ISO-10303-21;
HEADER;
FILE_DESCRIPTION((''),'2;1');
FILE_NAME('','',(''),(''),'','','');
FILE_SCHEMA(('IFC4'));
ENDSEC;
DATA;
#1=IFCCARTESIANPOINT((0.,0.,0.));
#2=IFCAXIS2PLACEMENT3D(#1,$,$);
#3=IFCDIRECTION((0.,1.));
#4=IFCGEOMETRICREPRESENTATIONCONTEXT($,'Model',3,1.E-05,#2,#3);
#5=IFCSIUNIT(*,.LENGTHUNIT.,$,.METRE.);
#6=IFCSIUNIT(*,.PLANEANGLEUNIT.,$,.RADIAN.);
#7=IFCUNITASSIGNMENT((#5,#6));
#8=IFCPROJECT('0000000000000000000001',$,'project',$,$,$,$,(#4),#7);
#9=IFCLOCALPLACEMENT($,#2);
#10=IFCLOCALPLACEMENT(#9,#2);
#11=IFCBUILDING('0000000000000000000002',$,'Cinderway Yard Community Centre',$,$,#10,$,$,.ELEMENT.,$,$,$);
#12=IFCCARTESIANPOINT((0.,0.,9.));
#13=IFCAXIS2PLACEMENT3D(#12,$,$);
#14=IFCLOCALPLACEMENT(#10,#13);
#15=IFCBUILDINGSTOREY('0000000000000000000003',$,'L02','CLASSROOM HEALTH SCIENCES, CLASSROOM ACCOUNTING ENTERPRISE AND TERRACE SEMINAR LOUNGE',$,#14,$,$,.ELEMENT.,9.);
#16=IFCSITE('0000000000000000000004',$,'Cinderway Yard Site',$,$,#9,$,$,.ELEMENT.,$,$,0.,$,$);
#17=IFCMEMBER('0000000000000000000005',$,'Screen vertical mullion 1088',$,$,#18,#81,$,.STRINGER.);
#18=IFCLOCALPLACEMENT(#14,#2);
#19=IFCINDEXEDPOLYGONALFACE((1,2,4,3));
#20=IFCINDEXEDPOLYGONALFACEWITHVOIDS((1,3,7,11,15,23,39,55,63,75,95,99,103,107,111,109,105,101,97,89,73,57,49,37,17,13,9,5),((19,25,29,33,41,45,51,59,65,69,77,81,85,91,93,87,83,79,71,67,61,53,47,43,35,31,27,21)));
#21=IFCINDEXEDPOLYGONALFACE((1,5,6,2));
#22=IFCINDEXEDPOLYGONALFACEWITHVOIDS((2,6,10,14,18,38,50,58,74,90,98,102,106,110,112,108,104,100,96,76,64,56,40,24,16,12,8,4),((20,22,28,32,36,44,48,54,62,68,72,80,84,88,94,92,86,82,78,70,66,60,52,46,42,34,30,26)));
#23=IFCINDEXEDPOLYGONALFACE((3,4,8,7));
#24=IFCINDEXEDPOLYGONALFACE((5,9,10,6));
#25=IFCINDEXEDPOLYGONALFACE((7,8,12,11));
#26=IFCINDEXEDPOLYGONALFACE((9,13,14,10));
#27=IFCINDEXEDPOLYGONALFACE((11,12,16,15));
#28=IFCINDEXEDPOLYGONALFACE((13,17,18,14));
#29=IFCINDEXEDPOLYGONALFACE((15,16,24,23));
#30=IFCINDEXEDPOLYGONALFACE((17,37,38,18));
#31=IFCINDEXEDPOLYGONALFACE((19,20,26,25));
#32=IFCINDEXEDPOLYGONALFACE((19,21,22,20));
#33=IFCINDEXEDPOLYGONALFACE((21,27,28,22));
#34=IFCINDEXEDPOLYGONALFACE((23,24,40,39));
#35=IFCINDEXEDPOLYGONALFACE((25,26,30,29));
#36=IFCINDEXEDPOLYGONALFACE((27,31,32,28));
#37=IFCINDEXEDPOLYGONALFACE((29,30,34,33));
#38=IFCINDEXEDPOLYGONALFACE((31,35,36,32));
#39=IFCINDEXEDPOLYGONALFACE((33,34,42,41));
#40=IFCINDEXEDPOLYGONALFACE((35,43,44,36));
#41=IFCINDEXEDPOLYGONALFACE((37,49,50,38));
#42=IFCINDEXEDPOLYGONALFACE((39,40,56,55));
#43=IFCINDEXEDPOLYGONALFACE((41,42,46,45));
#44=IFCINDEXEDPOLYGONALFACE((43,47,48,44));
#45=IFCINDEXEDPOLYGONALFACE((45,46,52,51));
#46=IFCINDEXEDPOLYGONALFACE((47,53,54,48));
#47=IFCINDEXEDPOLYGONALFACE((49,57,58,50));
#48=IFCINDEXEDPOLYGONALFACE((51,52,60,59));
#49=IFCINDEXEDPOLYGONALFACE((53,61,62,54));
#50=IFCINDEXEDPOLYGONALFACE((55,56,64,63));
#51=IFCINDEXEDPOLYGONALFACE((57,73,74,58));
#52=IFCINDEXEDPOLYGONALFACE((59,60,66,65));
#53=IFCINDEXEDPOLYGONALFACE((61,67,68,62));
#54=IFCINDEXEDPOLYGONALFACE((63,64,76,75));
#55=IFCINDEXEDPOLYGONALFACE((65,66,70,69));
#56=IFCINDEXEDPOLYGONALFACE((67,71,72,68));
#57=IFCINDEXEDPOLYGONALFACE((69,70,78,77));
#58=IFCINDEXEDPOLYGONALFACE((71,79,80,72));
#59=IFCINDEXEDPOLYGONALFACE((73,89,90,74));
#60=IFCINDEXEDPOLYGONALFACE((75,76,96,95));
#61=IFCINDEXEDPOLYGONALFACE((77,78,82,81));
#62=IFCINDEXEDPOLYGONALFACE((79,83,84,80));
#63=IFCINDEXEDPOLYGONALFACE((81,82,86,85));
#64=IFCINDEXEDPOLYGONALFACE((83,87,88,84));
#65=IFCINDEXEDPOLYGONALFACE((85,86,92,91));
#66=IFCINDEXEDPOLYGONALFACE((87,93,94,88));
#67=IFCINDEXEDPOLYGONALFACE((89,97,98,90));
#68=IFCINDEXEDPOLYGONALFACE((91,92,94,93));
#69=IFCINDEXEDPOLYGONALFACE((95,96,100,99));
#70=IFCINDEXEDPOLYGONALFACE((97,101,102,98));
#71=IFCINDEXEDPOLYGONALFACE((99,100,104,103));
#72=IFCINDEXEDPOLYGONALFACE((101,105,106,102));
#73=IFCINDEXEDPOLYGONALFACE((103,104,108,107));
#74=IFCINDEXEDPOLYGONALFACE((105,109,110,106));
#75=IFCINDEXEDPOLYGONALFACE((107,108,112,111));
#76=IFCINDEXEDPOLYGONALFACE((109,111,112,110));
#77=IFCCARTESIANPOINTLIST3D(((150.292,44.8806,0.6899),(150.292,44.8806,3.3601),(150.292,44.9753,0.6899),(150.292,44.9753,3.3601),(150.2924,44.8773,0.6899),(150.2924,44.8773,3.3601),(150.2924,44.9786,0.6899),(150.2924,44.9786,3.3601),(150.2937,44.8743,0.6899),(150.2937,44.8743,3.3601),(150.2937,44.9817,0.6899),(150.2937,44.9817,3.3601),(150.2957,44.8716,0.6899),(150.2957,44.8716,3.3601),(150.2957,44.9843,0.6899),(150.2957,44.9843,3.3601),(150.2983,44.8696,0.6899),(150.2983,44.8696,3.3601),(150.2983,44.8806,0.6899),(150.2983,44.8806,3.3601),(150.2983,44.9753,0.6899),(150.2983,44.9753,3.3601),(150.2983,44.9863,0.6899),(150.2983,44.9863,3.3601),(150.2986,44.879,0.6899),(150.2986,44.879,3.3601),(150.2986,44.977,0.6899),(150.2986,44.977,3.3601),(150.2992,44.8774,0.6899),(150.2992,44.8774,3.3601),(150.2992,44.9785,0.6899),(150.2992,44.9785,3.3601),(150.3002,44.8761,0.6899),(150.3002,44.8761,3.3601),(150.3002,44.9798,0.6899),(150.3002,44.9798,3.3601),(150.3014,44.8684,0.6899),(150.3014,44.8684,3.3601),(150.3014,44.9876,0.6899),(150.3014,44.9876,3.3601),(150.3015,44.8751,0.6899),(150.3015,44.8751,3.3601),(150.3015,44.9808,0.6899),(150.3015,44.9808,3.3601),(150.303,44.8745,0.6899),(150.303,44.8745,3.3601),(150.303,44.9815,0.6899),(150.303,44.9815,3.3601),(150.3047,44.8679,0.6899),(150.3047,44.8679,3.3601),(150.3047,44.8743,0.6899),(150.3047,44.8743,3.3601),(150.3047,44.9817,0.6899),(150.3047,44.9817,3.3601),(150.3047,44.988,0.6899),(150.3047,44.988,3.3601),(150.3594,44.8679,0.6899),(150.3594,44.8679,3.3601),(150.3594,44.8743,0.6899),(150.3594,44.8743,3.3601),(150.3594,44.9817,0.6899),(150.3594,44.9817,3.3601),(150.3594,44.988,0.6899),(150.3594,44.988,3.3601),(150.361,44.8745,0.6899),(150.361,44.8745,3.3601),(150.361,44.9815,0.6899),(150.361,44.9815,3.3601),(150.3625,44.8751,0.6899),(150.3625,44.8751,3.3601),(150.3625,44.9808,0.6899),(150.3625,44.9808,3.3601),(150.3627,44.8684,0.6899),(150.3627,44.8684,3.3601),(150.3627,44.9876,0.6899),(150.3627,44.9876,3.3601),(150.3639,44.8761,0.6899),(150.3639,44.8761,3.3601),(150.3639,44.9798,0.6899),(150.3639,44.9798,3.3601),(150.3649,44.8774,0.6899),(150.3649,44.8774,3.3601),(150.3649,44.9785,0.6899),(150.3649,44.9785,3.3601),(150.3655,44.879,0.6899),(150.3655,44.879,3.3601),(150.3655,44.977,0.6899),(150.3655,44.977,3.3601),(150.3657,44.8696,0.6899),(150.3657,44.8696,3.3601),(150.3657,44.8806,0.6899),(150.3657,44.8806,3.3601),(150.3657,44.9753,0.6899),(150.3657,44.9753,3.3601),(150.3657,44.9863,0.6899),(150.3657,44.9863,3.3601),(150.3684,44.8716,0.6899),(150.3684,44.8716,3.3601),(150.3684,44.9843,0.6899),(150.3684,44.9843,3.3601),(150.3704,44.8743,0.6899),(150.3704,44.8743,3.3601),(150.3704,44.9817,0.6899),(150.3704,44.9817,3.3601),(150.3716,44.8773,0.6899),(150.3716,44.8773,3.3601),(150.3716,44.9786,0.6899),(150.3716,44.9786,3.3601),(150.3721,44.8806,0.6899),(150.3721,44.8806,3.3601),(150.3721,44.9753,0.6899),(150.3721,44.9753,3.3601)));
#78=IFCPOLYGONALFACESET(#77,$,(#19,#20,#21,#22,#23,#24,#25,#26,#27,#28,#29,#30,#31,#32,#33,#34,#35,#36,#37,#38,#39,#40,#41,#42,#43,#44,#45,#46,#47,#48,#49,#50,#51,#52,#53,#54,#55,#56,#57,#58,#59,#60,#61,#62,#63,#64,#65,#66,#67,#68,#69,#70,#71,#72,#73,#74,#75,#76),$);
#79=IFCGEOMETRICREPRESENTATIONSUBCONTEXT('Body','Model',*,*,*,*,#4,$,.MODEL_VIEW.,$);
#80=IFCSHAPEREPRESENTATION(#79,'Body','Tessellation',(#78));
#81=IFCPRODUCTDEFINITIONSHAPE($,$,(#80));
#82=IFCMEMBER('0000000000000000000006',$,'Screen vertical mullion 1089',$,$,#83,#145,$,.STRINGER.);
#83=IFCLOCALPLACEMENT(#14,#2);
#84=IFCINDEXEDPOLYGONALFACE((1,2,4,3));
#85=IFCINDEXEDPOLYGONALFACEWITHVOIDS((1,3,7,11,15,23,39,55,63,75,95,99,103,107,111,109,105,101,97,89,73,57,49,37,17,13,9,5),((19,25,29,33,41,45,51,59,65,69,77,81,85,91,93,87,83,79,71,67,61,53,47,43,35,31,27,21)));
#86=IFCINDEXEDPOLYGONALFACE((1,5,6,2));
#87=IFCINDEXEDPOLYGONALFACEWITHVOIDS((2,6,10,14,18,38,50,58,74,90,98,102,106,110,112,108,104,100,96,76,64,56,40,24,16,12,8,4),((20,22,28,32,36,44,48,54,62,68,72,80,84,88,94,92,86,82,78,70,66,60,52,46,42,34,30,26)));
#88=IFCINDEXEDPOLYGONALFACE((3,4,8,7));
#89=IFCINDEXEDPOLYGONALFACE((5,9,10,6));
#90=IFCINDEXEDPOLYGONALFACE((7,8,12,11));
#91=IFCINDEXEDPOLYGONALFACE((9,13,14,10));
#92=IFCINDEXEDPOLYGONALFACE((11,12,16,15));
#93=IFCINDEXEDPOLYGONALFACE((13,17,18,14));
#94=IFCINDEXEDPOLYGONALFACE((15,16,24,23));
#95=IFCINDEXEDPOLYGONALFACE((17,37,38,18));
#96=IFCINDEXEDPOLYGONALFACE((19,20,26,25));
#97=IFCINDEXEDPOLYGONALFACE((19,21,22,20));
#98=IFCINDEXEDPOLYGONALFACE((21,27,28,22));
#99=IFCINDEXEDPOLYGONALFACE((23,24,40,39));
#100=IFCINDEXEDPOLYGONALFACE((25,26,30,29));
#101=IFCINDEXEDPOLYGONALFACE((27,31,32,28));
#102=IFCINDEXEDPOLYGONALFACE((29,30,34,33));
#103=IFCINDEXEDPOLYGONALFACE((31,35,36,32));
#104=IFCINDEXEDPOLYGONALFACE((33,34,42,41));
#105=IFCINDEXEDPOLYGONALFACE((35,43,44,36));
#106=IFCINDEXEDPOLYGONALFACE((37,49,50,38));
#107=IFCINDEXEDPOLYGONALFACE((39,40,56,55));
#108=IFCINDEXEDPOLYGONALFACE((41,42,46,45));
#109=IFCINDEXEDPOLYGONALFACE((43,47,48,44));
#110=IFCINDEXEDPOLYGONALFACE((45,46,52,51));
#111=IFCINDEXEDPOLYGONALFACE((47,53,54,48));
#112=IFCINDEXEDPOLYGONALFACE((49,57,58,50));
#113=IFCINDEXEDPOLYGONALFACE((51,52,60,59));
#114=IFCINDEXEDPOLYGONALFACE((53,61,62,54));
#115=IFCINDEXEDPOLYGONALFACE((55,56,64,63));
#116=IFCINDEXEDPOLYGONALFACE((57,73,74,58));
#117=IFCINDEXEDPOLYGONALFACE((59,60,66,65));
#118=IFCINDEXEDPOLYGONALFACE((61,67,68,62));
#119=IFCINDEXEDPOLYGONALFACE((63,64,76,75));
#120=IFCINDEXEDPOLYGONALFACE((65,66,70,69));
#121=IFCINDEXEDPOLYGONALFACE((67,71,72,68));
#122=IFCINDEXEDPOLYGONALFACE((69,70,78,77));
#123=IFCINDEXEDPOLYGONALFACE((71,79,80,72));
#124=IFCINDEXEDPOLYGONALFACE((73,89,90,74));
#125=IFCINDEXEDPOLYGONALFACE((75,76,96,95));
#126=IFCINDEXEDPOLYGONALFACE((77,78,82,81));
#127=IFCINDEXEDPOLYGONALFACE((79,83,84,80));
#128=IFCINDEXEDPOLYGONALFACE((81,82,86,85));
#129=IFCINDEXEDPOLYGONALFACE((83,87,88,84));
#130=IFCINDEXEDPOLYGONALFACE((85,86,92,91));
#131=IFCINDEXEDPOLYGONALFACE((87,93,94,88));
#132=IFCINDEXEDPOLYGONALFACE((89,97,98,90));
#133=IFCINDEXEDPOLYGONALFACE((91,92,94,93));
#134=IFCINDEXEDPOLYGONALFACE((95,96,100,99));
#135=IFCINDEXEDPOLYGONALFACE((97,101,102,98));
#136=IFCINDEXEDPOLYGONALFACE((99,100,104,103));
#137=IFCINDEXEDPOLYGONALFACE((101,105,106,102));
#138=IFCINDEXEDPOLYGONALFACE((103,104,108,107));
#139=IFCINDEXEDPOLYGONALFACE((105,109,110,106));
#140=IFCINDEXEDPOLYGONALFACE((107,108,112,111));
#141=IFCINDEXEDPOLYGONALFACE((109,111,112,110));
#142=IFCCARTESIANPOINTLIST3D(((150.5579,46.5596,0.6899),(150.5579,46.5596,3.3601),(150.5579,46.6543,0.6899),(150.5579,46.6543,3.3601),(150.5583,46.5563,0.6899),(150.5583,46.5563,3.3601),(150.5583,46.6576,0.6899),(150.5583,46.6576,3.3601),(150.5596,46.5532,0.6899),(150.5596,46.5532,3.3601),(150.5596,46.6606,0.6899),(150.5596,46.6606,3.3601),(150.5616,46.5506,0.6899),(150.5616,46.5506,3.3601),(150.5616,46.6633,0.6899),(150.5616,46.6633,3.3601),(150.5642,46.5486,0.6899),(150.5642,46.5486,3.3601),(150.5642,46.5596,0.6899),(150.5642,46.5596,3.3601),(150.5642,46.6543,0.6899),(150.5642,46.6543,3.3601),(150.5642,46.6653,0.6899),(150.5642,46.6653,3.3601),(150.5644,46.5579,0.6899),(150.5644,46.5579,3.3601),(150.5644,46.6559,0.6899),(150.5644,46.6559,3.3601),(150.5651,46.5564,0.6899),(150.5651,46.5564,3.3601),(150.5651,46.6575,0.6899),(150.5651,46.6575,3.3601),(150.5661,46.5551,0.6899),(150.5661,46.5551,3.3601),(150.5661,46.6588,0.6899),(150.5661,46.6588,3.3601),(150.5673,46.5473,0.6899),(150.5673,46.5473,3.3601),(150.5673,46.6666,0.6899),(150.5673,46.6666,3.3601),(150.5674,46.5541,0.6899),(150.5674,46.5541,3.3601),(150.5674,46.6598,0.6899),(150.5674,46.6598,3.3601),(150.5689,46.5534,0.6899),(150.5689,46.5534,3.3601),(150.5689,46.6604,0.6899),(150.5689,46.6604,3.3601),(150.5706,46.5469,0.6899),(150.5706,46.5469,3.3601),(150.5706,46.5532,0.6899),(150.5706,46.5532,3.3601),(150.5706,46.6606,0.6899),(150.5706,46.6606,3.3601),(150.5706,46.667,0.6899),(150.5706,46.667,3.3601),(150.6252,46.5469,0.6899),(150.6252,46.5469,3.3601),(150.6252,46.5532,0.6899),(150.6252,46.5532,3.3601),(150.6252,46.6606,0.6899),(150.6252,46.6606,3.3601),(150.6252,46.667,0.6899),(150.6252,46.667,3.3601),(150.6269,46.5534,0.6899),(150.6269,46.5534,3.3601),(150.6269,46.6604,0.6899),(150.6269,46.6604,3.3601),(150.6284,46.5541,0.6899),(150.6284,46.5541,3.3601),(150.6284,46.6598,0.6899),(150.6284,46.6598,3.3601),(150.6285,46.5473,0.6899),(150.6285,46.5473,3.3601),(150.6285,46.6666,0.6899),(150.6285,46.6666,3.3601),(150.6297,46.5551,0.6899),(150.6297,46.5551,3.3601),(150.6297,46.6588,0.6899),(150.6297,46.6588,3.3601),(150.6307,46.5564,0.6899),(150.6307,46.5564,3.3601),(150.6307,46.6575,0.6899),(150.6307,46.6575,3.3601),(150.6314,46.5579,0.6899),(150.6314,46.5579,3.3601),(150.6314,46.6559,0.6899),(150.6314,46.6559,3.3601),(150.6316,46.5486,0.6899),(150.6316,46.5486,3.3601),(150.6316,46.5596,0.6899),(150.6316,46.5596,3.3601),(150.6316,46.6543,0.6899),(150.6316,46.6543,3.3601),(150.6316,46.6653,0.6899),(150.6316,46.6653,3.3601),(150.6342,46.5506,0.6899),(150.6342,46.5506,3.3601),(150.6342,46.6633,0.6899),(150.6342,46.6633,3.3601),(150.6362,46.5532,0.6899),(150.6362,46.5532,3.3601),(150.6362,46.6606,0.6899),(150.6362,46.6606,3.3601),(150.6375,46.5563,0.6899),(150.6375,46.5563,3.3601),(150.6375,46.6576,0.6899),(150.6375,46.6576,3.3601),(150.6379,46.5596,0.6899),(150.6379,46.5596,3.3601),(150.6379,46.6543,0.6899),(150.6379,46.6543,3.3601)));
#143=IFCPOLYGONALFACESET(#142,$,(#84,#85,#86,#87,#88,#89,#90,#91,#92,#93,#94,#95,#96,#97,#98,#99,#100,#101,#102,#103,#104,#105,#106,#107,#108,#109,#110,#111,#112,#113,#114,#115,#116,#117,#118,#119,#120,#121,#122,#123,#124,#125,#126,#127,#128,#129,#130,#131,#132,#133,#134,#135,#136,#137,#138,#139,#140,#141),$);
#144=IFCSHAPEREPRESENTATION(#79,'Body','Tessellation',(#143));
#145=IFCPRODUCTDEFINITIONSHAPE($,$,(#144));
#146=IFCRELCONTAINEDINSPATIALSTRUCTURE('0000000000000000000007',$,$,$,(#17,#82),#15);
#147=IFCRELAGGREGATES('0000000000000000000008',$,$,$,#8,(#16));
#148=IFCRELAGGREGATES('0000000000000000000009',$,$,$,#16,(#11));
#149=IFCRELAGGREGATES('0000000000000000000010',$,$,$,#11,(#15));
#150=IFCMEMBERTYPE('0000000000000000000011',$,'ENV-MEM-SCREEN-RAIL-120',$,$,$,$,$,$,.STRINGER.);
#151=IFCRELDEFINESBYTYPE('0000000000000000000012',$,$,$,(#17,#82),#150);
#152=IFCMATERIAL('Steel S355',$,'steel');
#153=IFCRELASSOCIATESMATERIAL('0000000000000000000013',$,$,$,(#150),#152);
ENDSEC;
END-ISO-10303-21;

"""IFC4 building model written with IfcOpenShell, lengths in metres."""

from ifc_helpers import new_model, si_unit, direction, frame, origin, origin_2d, place, context, subcontext, project, spatial, hollow_rectangle, extrude, material, material_profile, profile_set, type_object, element, save


model = new_model("IFC4")

# Units and contexts
model_context = context("Model", 3, precision=1e-05, world=origin(), true_north=direction((0.0, 1.0)))
body_context = subcontext(model_context, "Body", "Model", "MODEL_VIEW")
ifc_project = project(units=[si_unit("LENGTHUNIT", "METRE"), si_unit("PLANEANGLEUNIT", "RADIAN")], contexts=[model_context])

# Site, building, storey
site_placement = place(None, origin())
site = spatial("IfcSite", under=ifc_project, at=site_placement, Name="Cinderway Yard Site", CompositionType="ELEMENT", RefElevation=0.0)
building_placement = place(site_placement, origin())
building = spatial("IfcBuilding", under=site, at=building_placement, Name="Cinderway Yard Community Centre", CompositionType="ELEMENT")
storey_placement = place(building_placement, frame((0.0, 0.0, 9.0)))
storey = spatial("IfcBuildingStorey", under=building, at=storey_placement, Name="L02", Description="CLASSROOM HEALTH SCIENCES, CLASSROOM ACCOUNTING ENTERPRISE AND TERRACE SEMINAR LOUNGE", CompositionType="ELEMENT", Elevation=9.0)

# Members
ifc_material_1 = material(Name="Steel S355", Category="steel")
ifc_material_profile_1 = material_profile(ifc_material_1, hollow_rectangle(XDim=0.0801, YDim=0.1201, WallThickness=0.0063, InnerFilletRadius=0.0063, OuterFilletRadius=0.0127, at=origin_2d()), Name="Steel S355")
ifc_profile_set_1 = profile_set([ifc_material_profile_1], Name="Steel S355")
member_type_1 = type_object("IfcMemberType", Name="ENV-MEM-SCREEN-RAIL-120", PredefinedType="STRINGER", material=ifc_profile_set_1)
for number, where, z_axis, x_axis, name in (
    (1, (150.332, 44.928, 0.6899), (0.0, 0.0, 1.0), (1.0, 0.0, 0.0), "Screen vertical mullion 1088"),
    (2, (150.5979, 46.6069, 0.6899), (0.0, 0.0, 1.0), (1.0, 0.0, 0.0), "Screen vertical mullion 1089"),
):
    element("IfcMember", number, at=place(storey_placement, frame(where, z_axis=z_axis, x_axis=x_axis)), inside=storey, type_object=member_type_1, Name=name, PredefinedType="STRINGER", context=body_context, shape_type="SweptSolid", body=[
        extrude(hollow_rectangle(XDim=0.0801, YDim=0.1201, WallThickness=0.0063, InnerFilletRadius=0.0063, OuterFilletRadius=0.0127, at=origin_2d()), origin(), (0.0, 0.0, 1.0), 2.6702),
    ])

save(model, "model.ifc")
